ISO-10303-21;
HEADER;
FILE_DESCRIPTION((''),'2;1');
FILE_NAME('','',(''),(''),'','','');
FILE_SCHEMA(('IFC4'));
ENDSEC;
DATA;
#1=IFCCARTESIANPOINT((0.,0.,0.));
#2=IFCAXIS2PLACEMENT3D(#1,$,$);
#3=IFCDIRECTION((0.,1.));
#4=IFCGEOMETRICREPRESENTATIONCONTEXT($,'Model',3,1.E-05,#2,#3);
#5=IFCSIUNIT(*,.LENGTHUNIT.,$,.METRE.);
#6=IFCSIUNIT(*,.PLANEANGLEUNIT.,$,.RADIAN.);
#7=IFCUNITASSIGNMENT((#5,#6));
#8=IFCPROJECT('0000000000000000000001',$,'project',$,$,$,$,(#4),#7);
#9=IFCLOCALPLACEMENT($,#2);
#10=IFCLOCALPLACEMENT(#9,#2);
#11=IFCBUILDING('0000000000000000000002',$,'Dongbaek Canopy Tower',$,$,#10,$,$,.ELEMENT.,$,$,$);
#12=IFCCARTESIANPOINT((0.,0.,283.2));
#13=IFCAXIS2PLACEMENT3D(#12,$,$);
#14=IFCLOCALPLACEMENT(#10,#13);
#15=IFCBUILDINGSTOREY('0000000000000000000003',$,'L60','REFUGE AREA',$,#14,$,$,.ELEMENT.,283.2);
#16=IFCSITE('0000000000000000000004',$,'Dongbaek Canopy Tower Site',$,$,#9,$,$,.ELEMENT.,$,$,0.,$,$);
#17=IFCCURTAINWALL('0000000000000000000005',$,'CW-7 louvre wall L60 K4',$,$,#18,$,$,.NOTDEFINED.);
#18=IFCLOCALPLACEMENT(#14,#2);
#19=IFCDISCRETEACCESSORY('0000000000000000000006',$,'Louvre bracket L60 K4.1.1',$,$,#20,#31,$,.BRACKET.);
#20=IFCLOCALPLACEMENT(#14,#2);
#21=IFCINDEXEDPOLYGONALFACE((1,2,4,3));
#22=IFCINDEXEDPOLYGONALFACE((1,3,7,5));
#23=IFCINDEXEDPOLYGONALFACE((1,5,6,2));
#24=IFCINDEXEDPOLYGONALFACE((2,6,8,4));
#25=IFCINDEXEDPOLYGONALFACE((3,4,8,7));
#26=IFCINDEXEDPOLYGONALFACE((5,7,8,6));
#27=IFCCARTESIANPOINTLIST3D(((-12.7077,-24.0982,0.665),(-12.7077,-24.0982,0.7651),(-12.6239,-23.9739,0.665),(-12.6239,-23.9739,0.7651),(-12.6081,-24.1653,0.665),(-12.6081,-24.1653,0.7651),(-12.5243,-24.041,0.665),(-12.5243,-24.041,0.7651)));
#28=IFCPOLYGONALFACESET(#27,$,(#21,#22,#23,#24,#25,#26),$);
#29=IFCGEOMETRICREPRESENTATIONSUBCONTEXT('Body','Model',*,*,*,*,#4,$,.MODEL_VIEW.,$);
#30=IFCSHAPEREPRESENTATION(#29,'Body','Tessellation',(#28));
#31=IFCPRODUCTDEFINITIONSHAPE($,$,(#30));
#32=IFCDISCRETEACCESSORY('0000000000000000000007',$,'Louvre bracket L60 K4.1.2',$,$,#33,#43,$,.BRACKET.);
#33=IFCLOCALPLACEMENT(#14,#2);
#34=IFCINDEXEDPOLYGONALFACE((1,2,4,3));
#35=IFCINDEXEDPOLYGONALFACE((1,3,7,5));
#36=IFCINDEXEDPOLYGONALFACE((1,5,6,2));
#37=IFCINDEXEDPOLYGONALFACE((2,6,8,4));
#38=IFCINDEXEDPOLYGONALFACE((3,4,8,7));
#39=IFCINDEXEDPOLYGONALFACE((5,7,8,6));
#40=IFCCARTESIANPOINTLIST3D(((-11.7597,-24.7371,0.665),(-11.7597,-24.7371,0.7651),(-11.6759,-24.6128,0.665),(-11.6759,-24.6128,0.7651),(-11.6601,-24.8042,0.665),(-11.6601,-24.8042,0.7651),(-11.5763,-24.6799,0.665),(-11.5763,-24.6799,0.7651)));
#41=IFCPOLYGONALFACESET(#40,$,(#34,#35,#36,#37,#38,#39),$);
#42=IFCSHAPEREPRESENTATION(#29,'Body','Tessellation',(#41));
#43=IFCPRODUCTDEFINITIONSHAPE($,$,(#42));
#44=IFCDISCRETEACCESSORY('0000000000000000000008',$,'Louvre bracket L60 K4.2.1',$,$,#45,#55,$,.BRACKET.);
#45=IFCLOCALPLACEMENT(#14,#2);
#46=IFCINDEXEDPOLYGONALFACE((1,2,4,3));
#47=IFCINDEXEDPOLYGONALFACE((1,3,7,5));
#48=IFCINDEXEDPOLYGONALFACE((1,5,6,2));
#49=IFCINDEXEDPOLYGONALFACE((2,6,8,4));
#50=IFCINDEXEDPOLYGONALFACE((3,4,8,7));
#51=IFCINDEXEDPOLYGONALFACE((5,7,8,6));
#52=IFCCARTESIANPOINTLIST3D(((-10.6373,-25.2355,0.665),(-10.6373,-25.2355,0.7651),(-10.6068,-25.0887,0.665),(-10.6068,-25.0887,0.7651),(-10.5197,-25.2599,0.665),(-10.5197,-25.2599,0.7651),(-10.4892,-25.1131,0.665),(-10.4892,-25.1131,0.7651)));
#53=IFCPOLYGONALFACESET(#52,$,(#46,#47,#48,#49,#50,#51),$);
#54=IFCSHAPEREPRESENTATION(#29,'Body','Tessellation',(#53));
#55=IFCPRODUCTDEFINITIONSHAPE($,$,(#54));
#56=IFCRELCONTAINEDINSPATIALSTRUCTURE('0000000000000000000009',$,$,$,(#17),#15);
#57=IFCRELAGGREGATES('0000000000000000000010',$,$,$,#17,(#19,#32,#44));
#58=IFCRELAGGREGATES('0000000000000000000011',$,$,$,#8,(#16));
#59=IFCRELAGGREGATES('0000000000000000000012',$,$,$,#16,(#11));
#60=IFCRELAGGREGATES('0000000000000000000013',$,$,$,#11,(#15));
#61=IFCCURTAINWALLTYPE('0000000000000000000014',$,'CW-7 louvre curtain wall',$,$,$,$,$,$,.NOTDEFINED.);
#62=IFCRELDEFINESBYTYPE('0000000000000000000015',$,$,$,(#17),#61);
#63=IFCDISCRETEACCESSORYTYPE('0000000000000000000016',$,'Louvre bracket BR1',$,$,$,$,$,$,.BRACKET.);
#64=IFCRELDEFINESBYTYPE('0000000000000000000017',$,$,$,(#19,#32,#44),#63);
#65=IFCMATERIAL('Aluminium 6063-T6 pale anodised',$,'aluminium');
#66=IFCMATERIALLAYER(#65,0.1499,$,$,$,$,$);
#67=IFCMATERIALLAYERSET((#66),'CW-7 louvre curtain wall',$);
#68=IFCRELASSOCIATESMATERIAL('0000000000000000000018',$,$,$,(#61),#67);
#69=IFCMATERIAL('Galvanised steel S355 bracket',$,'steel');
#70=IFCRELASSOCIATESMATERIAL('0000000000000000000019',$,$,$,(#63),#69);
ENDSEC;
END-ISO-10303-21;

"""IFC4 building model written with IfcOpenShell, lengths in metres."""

from ifc_helpers import new_model, si_unit, direction, frame, origin, origin_2d, place, context, subcontext, project, spatial, rectangle, extrude, material, layer, layer_set, type_object, element, aggregate, save


model = new_model("IFC4")

# Units and contexts
model_context = context("Model", 3, precision=1e-05, world=origin(), true_north=direction((0.0, 1.0)))
body_context = subcontext(model_context, "Body", "Model", "MODEL_VIEW")
ifc_project = project(units=[si_unit("LENGTHUNIT", "METRE"), si_unit("PLANEANGLEUNIT", "RADIAN")], contexts=[model_context])

# Site, building, storey
site_placement = place(None, origin())
site = spatial("IfcSite", under=ifc_project, at=site_placement, Name="Dongbaek Canopy Tower Site", CompositionType="ELEMENT", RefElevation=0.0)
building_placement = place(site_placement, origin())
building = spatial("IfcBuilding", under=site, at=building_placement, Name="Dongbaek Canopy Tower", CompositionType="ELEMENT")
storey_placement = place(building_placement, frame((0.0, 0.0, 283.2)))
storey = spatial("IfcBuildingStorey", under=building, at=storey_placement, Name="L60", Description="REFUGE AREA", CompositionType="ELEMENT", Elevation=283.2)

# Curtain wall
ifc_material_1 = material(Name="Aluminium 6063-T6 pale anodised", Category="aluminium")
ifc_layer_1 = layer(ifc_material_1, 0.1499)
ifc_layer_set_1 = layer_set([ifc_layer_1], Name="CW-7 louvre curtain wall")
curtain_wall_type = type_object("IfcCurtainWallType", Name="CW-7 louvre curtain wall", PredefinedType="NOTDEFINED", material=ifc_layer_set_1)
curtain_wall_placement = place(storey_placement, origin())
curtain_wall = element("IfcCurtainWall", 1, at=curtain_wall_placement, inside=storey, type_object=curtain_wall_type, Name="CW-7 louvre wall L60 K4", PredefinedType="NOTDEFINED")

# Discrete accessories
ifc_material_2 = material(Name="Galvanised steel S355 bracket", Category="steel")
discrete_accessory_type_1 = type_object("IfcDiscreteAccessoryType", Name="Louvre bracket BR1", PredefinedType="BRACKET", material=ifc_material_2)
discrete_accessory_1_placement = place(storey_placement, frame((-12.616, -24.0696, 0.665), z_axis=(0.0, 0.0, 1.0), x_axis=(0.829223, -0.558918, 0.0)))
discrete_accessory_1 = element("IfcDiscreteAccessory", 2, at=discrete_accessory_1_placement, type_object=discrete_accessory_type_1, Name="Louvre bracket L60 K4.1.1", PredefinedType="BRACKET", context=body_context, shape_type="SweptSolid", body=[
    extrude(rectangle(XDim=0.1201, YDim=0.1499, at=origin_2d()), origin(), (0.0, 0.0, 1.0), 0.1001),
])
discrete_accessory_2_placement = place(storey_placement, frame((-11.668, -24.7085, 0.665), z_axis=(0.0, 0.0, 1.0), x_axis=(0.829223, -0.558918, 0.0)))
discrete_accessory_2 = element("IfcDiscreteAccessory", 3, at=discrete_accessory_2_placement, type_object=discrete_accessory_type_1, Name="Louvre bracket L60 K4.1.2", PredefinedType="BRACKET", context=body_context, shape_type="SweptSolid", body=[
    extrude(rectangle(XDim=0.1201, YDim=0.1499, at=origin_2d()), origin(), (0.0, 0.0, 1.0), 0.1001),
])
discrete_accessory_3_placement = place(storey_placement, frame((-10.5632, -25.1743, 0.665), z_axis=(0.0, 0.0, 1.0), x_axis=(0.979129, -0.203238, 0.0)))
discrete_accessory_3 = element("IfcDiscreteAccessory", 4, at=discrete_accessory_3_placement, type_object=discrete_accessory_type_1, Name="Louvre bracket L60 K4.2.1", PredefinedType="BRACKET", context=body_context, shape_type="SweptSolid", body=[
    extrude(rectangle(XDim=0.1201, YDim=0.1499, at=origin_2d()), origin(), (0.0, 0.0, 1.0), 0.1001),
])
aggregate(curtain_wall, [discrete_accessory_1, discrete_accessory_2, discrete_accessory_3])

save(model, "model.ifc")
